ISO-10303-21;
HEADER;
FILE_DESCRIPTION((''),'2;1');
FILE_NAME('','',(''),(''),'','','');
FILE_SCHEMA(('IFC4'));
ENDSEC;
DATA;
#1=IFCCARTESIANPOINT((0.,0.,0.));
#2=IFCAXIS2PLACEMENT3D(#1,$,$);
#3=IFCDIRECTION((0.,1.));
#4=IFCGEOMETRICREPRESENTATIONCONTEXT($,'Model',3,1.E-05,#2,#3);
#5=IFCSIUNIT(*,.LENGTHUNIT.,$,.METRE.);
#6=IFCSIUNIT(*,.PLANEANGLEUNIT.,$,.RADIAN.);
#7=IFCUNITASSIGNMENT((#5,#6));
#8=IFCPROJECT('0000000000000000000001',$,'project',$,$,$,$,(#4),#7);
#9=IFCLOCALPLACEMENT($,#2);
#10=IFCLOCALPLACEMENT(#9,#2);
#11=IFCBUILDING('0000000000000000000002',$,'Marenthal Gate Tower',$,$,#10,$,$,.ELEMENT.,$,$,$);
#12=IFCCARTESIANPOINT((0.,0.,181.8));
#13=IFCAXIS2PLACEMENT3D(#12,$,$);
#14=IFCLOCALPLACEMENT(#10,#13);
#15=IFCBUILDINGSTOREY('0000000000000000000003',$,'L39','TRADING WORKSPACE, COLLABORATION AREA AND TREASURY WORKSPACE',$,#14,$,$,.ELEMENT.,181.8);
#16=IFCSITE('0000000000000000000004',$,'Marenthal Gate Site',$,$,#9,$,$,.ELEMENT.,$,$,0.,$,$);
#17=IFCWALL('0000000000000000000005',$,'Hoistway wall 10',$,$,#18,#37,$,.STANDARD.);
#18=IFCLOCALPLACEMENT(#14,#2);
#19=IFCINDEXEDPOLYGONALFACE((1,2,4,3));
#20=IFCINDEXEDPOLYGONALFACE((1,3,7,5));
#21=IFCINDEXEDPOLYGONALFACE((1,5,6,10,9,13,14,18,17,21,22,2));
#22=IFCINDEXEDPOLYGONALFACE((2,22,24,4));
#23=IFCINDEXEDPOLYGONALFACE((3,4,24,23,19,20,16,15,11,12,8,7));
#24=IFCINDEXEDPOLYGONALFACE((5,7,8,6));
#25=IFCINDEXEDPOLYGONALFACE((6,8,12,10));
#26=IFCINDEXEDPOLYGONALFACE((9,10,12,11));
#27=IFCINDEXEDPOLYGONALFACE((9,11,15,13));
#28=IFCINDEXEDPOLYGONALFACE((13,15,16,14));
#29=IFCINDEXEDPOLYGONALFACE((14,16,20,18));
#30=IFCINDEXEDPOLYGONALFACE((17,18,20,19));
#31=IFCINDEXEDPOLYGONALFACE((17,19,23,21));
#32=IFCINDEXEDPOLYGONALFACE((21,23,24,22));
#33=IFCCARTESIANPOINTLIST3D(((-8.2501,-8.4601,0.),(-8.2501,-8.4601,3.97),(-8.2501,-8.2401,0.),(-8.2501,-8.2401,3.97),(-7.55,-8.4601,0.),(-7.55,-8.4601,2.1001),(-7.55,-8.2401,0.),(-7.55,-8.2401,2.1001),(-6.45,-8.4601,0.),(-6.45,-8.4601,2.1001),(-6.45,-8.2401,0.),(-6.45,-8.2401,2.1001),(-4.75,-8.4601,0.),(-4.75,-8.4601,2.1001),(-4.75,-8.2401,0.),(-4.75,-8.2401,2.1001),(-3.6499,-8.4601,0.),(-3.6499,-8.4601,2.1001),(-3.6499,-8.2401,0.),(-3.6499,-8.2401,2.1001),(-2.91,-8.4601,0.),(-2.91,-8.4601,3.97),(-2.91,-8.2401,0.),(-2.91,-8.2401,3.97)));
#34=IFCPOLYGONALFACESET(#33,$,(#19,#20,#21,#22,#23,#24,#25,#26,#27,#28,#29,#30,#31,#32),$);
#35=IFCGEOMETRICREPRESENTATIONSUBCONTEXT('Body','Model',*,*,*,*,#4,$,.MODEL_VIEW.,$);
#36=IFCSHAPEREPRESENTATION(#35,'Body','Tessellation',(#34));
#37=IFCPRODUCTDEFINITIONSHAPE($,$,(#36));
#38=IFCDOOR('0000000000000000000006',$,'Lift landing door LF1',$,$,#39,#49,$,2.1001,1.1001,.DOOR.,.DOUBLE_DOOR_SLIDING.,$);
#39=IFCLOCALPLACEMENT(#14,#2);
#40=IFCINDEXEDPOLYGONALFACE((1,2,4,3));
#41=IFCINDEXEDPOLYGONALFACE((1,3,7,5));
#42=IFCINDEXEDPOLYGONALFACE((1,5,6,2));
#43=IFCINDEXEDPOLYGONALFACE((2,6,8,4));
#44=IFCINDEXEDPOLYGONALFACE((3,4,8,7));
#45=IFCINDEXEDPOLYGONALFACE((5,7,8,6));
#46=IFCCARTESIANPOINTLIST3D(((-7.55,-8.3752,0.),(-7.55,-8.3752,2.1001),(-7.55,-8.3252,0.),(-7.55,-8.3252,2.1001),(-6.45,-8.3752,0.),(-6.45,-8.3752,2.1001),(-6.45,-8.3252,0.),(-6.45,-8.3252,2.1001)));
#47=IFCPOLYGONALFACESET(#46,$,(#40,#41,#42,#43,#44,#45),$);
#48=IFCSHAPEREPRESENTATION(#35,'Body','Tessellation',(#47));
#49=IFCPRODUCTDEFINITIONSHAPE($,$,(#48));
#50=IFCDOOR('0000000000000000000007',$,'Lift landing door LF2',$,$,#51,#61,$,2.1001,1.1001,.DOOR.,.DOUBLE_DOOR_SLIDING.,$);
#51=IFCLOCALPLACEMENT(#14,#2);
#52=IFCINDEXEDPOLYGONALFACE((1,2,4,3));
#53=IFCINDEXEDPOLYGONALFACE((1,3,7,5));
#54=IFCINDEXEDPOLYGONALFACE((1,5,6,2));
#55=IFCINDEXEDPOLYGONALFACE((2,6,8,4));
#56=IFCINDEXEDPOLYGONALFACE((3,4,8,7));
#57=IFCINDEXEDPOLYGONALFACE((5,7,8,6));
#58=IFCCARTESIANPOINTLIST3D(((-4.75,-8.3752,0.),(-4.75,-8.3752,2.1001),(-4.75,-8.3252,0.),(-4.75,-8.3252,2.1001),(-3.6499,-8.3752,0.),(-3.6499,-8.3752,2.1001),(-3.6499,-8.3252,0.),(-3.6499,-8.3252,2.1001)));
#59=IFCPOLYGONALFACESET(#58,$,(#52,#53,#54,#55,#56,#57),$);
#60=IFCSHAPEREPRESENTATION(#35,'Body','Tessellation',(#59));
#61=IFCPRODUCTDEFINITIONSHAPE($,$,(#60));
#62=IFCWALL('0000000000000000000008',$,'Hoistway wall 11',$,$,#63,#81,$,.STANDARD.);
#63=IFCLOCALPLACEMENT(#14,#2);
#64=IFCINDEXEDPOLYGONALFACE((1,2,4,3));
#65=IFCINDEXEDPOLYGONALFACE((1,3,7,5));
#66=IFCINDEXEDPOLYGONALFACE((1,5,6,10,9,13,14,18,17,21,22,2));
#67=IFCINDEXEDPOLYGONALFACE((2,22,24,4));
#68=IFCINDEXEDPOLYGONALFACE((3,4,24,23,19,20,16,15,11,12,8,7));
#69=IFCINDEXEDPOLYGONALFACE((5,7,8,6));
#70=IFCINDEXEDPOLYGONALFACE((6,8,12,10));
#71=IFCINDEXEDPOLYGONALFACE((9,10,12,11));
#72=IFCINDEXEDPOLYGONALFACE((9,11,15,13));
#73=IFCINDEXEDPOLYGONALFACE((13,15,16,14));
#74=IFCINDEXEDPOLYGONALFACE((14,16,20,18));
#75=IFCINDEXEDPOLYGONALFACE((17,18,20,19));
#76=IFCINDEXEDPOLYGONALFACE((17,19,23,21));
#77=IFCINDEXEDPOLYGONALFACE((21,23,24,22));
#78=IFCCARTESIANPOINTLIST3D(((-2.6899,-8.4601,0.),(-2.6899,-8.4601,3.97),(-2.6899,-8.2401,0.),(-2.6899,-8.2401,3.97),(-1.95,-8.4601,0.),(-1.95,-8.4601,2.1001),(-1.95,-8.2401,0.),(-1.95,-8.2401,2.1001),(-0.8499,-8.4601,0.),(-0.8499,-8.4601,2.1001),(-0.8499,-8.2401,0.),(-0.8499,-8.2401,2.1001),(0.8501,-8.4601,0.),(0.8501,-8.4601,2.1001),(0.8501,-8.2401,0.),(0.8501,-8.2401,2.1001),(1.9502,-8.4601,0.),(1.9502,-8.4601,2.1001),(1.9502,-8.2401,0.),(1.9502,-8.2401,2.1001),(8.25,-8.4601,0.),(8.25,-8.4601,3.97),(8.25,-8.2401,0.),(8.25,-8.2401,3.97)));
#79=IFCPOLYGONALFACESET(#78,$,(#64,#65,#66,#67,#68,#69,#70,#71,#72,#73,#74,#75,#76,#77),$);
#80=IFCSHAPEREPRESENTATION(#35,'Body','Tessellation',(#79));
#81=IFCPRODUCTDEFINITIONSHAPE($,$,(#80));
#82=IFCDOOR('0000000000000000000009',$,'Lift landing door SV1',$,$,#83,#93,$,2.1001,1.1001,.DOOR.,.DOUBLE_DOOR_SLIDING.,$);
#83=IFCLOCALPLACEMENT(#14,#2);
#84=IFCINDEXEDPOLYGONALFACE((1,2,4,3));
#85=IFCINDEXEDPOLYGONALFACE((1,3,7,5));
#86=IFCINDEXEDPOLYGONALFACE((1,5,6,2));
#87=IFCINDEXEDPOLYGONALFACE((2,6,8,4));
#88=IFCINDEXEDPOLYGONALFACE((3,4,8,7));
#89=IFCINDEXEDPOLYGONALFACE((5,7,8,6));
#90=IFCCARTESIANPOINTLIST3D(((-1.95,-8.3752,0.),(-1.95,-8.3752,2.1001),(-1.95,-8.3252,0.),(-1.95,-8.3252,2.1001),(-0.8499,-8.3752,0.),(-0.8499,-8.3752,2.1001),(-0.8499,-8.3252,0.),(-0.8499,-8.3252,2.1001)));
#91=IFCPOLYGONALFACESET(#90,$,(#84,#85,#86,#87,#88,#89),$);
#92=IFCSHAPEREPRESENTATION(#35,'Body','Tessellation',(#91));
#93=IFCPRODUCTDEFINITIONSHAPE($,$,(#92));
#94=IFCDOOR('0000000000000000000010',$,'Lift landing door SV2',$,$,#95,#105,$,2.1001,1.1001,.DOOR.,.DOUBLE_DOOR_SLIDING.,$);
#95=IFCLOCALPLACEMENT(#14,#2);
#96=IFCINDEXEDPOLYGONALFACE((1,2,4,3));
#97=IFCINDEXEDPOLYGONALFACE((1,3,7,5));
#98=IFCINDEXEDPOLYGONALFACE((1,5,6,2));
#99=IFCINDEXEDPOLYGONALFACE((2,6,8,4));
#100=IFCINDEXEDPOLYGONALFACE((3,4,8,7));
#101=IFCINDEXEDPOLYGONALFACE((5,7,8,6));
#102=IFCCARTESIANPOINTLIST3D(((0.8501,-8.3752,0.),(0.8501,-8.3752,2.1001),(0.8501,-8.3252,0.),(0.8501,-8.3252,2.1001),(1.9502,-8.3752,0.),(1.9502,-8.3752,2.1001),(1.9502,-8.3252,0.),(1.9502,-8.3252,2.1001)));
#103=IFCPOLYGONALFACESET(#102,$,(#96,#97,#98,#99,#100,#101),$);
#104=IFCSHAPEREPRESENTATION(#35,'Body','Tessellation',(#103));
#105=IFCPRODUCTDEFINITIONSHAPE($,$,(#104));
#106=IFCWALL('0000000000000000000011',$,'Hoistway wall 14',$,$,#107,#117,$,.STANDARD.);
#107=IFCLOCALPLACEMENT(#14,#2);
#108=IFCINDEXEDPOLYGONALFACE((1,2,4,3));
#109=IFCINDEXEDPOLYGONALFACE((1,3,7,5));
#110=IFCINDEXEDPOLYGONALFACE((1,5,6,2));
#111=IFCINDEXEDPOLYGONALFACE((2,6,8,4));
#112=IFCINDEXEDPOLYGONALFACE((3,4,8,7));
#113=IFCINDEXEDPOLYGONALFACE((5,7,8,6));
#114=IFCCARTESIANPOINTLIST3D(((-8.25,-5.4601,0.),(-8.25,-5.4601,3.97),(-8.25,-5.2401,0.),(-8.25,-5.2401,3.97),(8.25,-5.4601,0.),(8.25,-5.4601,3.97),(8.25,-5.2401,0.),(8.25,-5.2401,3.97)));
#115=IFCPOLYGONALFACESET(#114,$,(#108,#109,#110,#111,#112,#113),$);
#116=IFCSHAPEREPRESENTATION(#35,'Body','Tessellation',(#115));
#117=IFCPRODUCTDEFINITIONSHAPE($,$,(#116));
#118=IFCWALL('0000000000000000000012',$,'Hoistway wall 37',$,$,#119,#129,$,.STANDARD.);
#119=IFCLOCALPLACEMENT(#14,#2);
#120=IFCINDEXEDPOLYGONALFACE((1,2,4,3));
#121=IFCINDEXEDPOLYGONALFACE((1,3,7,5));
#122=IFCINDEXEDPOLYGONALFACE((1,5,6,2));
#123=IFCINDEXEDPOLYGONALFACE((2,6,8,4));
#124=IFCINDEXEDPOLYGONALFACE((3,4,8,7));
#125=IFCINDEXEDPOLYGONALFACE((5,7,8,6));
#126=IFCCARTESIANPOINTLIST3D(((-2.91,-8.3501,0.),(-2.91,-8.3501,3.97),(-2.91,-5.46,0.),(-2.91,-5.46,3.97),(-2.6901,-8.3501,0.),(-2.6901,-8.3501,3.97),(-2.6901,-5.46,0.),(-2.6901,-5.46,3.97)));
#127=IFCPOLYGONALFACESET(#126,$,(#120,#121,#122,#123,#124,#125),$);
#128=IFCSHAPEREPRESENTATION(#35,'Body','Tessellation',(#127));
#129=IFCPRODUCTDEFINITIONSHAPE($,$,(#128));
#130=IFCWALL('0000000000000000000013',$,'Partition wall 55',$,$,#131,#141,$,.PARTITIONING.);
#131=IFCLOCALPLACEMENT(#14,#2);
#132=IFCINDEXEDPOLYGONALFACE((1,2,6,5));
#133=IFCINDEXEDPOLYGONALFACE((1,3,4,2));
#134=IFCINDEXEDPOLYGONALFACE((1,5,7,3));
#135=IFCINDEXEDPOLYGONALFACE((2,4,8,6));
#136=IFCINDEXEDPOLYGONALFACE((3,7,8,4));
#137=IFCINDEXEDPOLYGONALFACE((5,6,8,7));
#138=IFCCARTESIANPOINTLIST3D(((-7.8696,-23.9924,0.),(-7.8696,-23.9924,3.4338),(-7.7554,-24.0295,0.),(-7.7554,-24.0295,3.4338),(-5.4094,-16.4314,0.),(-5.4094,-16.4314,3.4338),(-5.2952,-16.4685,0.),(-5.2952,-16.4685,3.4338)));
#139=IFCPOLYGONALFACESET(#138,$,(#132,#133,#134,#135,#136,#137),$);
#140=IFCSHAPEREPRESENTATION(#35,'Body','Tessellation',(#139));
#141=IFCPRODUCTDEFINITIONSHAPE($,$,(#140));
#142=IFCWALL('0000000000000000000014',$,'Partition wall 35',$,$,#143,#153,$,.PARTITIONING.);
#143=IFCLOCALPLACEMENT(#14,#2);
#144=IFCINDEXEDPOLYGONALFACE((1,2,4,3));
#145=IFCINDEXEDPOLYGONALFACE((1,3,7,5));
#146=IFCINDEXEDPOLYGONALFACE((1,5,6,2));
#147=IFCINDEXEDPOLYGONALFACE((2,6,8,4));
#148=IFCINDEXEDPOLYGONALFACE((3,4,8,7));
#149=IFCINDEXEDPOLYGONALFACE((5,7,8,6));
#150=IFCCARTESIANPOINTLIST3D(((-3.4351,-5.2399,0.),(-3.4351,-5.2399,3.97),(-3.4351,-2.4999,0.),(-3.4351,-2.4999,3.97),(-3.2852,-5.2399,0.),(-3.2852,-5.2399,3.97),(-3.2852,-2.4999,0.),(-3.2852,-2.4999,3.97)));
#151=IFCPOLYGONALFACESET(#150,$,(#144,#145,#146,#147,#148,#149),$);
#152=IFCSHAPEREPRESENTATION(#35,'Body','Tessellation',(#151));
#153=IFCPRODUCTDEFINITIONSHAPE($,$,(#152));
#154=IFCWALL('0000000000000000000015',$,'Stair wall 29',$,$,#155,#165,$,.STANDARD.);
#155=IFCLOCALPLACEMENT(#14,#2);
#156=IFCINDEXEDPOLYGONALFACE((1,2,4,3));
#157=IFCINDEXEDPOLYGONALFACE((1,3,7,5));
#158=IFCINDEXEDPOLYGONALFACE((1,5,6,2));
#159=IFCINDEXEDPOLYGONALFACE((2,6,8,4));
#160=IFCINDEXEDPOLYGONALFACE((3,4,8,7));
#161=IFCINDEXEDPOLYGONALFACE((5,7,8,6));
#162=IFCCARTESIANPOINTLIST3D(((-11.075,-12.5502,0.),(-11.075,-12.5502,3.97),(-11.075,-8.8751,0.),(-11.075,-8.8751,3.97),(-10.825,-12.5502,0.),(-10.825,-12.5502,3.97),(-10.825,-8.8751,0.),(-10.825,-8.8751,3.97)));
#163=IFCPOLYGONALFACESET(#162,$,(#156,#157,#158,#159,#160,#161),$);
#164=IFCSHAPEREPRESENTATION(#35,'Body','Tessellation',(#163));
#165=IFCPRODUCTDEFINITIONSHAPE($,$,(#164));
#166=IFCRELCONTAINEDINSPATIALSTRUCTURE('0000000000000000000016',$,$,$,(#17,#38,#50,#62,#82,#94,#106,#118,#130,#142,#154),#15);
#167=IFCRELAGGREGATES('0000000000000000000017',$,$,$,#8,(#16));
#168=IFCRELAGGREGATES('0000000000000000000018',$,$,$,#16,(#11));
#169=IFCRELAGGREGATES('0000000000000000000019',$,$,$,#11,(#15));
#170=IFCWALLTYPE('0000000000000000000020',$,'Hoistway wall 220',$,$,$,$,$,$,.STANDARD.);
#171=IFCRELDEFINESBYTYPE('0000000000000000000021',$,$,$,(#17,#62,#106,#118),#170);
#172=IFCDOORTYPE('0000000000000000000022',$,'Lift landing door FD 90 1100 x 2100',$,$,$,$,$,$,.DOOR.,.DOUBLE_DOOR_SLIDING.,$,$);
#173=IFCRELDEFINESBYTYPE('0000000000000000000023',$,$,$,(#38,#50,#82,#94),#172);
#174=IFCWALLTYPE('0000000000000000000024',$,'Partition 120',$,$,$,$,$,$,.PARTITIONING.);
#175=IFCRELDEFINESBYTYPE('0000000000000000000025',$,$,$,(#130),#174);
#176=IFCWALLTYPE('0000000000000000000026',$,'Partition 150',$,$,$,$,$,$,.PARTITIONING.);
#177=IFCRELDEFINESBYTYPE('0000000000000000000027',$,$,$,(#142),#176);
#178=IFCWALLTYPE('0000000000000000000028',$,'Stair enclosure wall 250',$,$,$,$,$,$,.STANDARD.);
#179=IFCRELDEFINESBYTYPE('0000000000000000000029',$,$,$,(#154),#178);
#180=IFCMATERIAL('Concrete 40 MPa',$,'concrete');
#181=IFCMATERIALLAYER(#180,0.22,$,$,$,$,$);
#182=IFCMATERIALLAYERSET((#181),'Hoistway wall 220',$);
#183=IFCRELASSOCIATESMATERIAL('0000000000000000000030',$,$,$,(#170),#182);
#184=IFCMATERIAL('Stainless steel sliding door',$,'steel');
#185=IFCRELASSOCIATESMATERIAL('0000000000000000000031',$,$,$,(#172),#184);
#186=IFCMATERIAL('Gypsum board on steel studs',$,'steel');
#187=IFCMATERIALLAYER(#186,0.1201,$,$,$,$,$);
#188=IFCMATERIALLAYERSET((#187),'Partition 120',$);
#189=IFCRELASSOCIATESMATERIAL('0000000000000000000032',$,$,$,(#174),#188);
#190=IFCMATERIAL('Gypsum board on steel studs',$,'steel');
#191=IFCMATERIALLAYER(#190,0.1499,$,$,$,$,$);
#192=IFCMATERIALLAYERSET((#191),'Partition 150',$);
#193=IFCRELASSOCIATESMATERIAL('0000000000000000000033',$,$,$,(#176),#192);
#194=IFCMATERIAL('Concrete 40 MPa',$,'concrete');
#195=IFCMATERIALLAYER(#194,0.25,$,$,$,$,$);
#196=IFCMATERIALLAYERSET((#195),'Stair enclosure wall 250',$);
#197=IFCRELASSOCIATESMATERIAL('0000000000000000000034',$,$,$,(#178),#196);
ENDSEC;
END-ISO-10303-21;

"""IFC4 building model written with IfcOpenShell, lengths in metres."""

from ifc_helpers import new_model, si_unit, direction, frame, frame_2d, origin, place, context, subcontext, project, spatial, rectangle, extrude, material, layer, layer_set, type_object, element, fill, save


model = new_model("IFC4")

# Units and contexts
model_context = context("Model", 3, precision=1e-05, world=origin(), true_north=direction((0.0, 1.0)))
body_context = subcontext(model_context, "Body", "Model", "MODEL_VIEW")
ifc_project = project(units=[si_unit("LENGTHUNIT", "METRE"), si_unit("PLANEANGLEUNIT", "RADIAN")], contexts=[model_context])

# Site, building, storey
site_placement = place(None, origin())
site = spatial("IfcSite", under=ifc_project, at=site_placement, Name="Marenthal Gate Site", CompositionType="ELEMENT", RefElevation=0.0)
building_placement = place(site_placement, origin())
building = spatial("IfcBuilding", under=site, at=building_placement, Name="Marenthal Gate Tower", CompositionType="ELEMENT")
storey_placement = place(building_placement, frame((0.0, 0.0, 181.8)))
storey = spatial("IfcBuildingStorey", under=building, at=storey_placement, Name="L39", Description="TRADING WORKSPACE, COLLABORATION AREA AND TREASURY WORKSPACE", CompositionType="ELEMENT", Elevation=181.8)

# Walls, openings, doors
ifc_material_1 = material(Name="Concrete 40 MPa", Category="concrete")
ifc_layer_1 = layer(ifc_material_1, 0.22)
ifc_layer_set_1 = layer_set([ifc_layer_1], Name="Hoistway wall 220")
wall_type_1 = type_object("IfcWallType", Name="Hoistway wall 220", PredefinedType="STANDARD", material=ifc_layer_set_1)
wall_1_placement = place(storey_placement, frame((-8.25, -8.3501, 0.0), z_axis=(0.0, 0.0, 1.0), x_axis=(1.0, 0.0, 0.0)))
wall_1 = element("IfcWall", 1, at=wall_1_placement, inside=storey, type_object=wall_type_1, Name="Hoistway wall 10", PredefinedType="STANDARD", context=body_context, shape_type="SweptSolid", body=[
    extrude(rectangle(XDim=5.3401, YDim=0.22, at=frame_2d((2.6699, 0.0))), origin(), (0.0, 0.0, 1.0), 3.97),
])
opening_1_placement = place(wall_1_placement, frame((0.7, 0.0, 0.0)))
opening_1 = element("IfcOpeningElement", 2, at=opening_1_placement, cuts=wall_1, PredefinedType="OPENING", context=body_context, shape_type="SweptSolid", body=[
    extrude(rectangle(XDim=1.1001, YDim=2.1001, at=frame_2d((0.55, 1.05))), frame((0.0, 0.1201, 0.0), z_axis=(0.0, -1.0, 0.0), x_axis=(1.0, 0.0, 0.0)), (0.0, 0.0, 1.0), 0.24),
])
opening_2_placement = place(wall_1_placement, frame((3.5, 0.0, 0.0)))
opening_2 = element("IfcOpeningElement", 3, at=opening_2_placement, cuts=wall_1, PredefinedType="OPENING", context=body_context, shape_type="SweptSolid", body=[
    extrude(rectangle(XDim=1.1001, YDim=2.1001, at=frame_2d((0.55, 1.05))), frame((0.0, 0.1201, 0.0), z_axis=(0.0, -1.0, 0.0), x_axis=(1.0, 0.0, 0.0)), (0.0, 0.0, 1.0), 0.24),
])
ifc_material_2 = material(Name="Stainless steel sliding door", Category="steel")
door_type_1 = type_object("IfcDoorType", Name="Lift landing door FD 90 1100 x 2100", OperationType="DOUBLE_DOOR_SLIDING", PredefinedType="DOOR", material=ifc_material_2)
door_1_placement = place(opening_1_placement, origin())
door_1 = element("IfcDoor", 4, at=door_1_placement, inside=storey, type_object=door_type_1, Name="Lift landing door LF1", OperationType="DOUBLE_DOOR_SLIDING", OverallHeight=2.1001, OverallWidth=1.1001, PredefinedType="DOOR", context=body_context, shape_type="SweptSolid", body=[
    extrude(rectangle(XDim=1.1001, YDim=2.1001, at=frame_2d((0.55, 1.05))), frame((0.0, 0.0249, 0.0), z_axis=(0.0, -1.0, 0.0), x_axis=(1.0, 0.0, 0.0)), (0.0, 0.0, 1.0), 0.05),
])
fill(opening_1, door_1)
door_2_placement = place(opening_2_placement, origin())
door_2 = element("IfcDoor", 5, at=door_2_placement, inside=storey, type_object=door_type_1, Name="Lift landing door LF2", OperationType="DOUBLE_DOOR_SLIDING", OverallHeight=2.1001, OverallWidth=1.1001, PredefinedType="DOOR", context=body_context, shape_type="SweptSolid", body=[
    extrude(rectangle(XDim=1.1001, YDim=2.1001, at=frame_2d((0.55, 1.05))), frame((0.0, 0.0249, 0.0), z_axis=(0.0, -1.0, 0.0), x_axis=(1.0, 0.0, 0.0)), (0.0, 0.0, 1.0), 0.05),
])
fill(opening_2, door_2)
wall_2_placement = place(storey_placement, frame((-2.6899, -8.3501, 0.0), z_axis=(0.0, 0.0, 1.0), x_axis=(1.0, 0.0, 0.0)))
wall_2 = element("IfcWall", 6, at=wall_2_placement, inside=storey, type_object=wall_type_1, Name="Hoistway wall 11", PredefinedType="STANDARD", context=body_context, shape_type="SweptSolid", body=[
    extrude(rectangle(XDim=10.9399, YDim=0.22, at=frame_2d((5.47, 0.0))), origin(), (0.0, 0.0, 1.0), 3.97),
])
opening_3_placement = place(wall_2_placement, frame((0.74, 0.0, 0.0)))
opening_3 = element("IfcOpeningElement", 7, at=opening_3_placement, cuts=wall_2, PredefinedType="OPENING", context=body_context, shape_type="SweptSolid", body=[
    extrude(rectangle(XDim=1.1001, YDim=2.1001, at=frame_2d((0.55, 1.05))), frame((0.0, 0.1201, 0.0), z_axis=(0.0, -1.0, 0.0), x_axis=(1.0, 0.0, 0.0)), (0.0, 0.0, 1.0), 0.24),
])
opening_4_placement = place(wall_2_placement, frame((3.54, 0.0, 0.0)))
opening_4 = element("IfcOpeningElement", 8, at=opening_4_placement, cuts=wall_2, PredefinedType="OPENING", context=body_context, shape_type="SweptSolid", body=[
    extrude(rectangle(XDim=1.1001, YDim=2.1001, at=frame_2d((0.55, 1.05))), frame((0.0, 0.1201, 0.0), z_axis=(0.0, -1.0, 0.0), x_axis=(1.0, 0.0, 0.0)), (0.0, 0.0, 1.0), 0.24),
])
door_3_placement = place(opening_3_placement, origin())
door_3 = element("IfcDoor", 9, at=door_3_placement, inside=storey, type_object=door_type_1, Name="Lift landing door SV1", OperationType="DOUBLE_DOOR_SLIDING", OverallHeight=2.1001, OverallWidth=1.1001, PredefinedType="DOOR", context=body_context, shape_type="SweptSolid", body=[
    extrude(rectangle(XDim=1.1001, YDim=2.1001, at=frame_2d((0.55, 1.05))), frame((0.0, 0.0249, 0.0), z_axis=(0.0, -1.0, 0.0), x_axis=(1.0, 0.0, 0.0)), (0.0, 0.0, 1.0), 0.05),
])
fill(opening_3, door_3)
door_4_placement = place(opening_4_placement, origin())
door_4 = element("IfcDoor", 10, at=door_4_placement, inside=storey, type_object=door_type_1, Name="Lift landing door SV2", OperationType="DOUBLE_DOOR_SLIDING", OverallHeight=2.1001, OverallWidth=1.1001, PredefinedType="DOOR", context=body_context, shape_type="SweptSolid", body=[
    extrude(rectangle(XDim=1.1001, YDim=2.1001, at=frame_2d((0.55, 1.05))), frame((0.0, 0.0249, 0.0), z_axis=(0.0, -1.0, 0.0), x_axis=(1.0, 0.0, 0.0)), (0.0, 0.0, 1.0), 0.05),
])
fill(opening_4, door_4)

# Walls
wall_3_placement = place(storey_placement, frame((-8.25, -5.3501, 0.0), z_axis=(0.0, 0.0, 1.0), x_axis=(1.0, 0.0, 0.0)))
element("IfcWall", 11, at=wall_3_placement, inside=storey, type_object=wall_type_1, Name="Hoistway wall 14", PredefinedType="STANDARD", context=body_context, shape_type="SweptSolid", body=[
    extrude(rectangle(XDim=16.5, YDim=0.22, at=frame_2d((8.25, 0.0))), origin(), (0.0, 0.0, 1.0), 3.97),
])
wall_4_placement = place(storey_placement, frame((-2.8, -8.3501, 0.0), z_axis=(0.0, 0.0, 1.0), x_axis=(0.0, 1.0, 0.0)))
element("IfcWall", 12, at=wall_4_placement, inside=storey, type_object=wall_type_1, Name="Hoistway wall 37", PredefinedType="STANDARD", context=body_context, shape_type="SweptSolid", body=[
    extrude(rectangle(XDim=2.8901, YDim=0.22, at=frame_2d((1.4451, 0.0))), origin(), (0.0, 0.0, 1.0), 3.97),
])
ifc_material_3 = material(Name="Gypsum board on steel studs", Category="steel")
ifc_layer_2 = layer(ifc_material_3, 0.1201)
ifc_layer_set_2 = layer_set([ifc_layer_2], Name="Partition 120")
wall_type_2 = type_object("IfcWallType", Name="Partition 120", PredefinedType="PARTITIONING", material=ifc_layer_set_2)
wall_5_placement = place(storey_placement, frame((-5.3523, -16.45, 0.0), z_axis=(0.0, 0.0, 1.0), x_axis=(-0.309412, -0.950928, 0.0)))
element("IfcWall", 13, at=wall_5_placement, inside=storey, type_object=wall_type_2, Name="Partition wall 55", PredefinedType="PARTITIONING", context=body_context, shape_type="SweptSolid", body=[
    extrude(rectangle(XDim=7.9512, YDim=0.1201, at=frame_2d((3.9756, 0.0))), origin(), (0.0, 0.0, 1.0), 3.4338),
])
ifc_material_4 = material(Name="Gypsum board on steel studs", Category="steel")
ifc_layer_3 = layer(ifc_material_4, 0.1499)
ifc_layer_set_3 = layer_set([ifc_layer_3], Name="Partition 150")
wall_type_3 = type_object("IfcWallType", Name="Partition 150", PredefinedType="PARTITIONING", material=ifc_layer_set_3)
wall_6_placement = place(storey_placement, frame((-3.3601, -5.24, 0.0), z_axis=(0.0, 0.0, 1.0), x_axis=(0.0, 1.0, 0.0)))
element("IfcWall", 14, at=wall_6_placement, inside=storey, type_object=wall_type_3, Name="Partition wall 35", PredefinedType="PARTITIONING", context=body_context, shape_type="SweptSolid", body=[
    extrude(rectangle(XDim=2.74, YDim=0.1499, at=frame_2d((1.3701, 0.0))), origin(), (0.0, 0.0, 1.0), 3.97),
])
ifc_material_5 = material(Name="Concrete 40 MPa", Category="concrete")
ifc_layer_4 = layer(ifc_material_5, 0.25)
ifc_layer_set_4 = layer_set([ifc_layer_4], Name="Stair enclosure wall 250")
wall_type_4 = type_object("IfcWallType", Name="Stair enclosure wall 250", PredefinedType="STANDARD", material=ifc_layer_set_4)
wall_7_placement = place(storey_placement, frame((-10.95, -12.55, 0.0), z_axis=(0.0, 0.0, 1.0), x_axis=(0.0, 1.0, 0.0)))
element("IfcWall", 15, at=wall_7_placement, inside=storey, type_object=wall_type_4, Name="Stair wall 29", PredefinedType="STANDARD", context=body_context, shape_type="SweptSolid", body=[
    extrude(rectangle(XDim=3.675, YDim=0.25, at=frame_2d((1.8374, 0.0))), origin(), (0.0, 0.0, 1.0), 3.97),
])

save(model, "model.ifc")
